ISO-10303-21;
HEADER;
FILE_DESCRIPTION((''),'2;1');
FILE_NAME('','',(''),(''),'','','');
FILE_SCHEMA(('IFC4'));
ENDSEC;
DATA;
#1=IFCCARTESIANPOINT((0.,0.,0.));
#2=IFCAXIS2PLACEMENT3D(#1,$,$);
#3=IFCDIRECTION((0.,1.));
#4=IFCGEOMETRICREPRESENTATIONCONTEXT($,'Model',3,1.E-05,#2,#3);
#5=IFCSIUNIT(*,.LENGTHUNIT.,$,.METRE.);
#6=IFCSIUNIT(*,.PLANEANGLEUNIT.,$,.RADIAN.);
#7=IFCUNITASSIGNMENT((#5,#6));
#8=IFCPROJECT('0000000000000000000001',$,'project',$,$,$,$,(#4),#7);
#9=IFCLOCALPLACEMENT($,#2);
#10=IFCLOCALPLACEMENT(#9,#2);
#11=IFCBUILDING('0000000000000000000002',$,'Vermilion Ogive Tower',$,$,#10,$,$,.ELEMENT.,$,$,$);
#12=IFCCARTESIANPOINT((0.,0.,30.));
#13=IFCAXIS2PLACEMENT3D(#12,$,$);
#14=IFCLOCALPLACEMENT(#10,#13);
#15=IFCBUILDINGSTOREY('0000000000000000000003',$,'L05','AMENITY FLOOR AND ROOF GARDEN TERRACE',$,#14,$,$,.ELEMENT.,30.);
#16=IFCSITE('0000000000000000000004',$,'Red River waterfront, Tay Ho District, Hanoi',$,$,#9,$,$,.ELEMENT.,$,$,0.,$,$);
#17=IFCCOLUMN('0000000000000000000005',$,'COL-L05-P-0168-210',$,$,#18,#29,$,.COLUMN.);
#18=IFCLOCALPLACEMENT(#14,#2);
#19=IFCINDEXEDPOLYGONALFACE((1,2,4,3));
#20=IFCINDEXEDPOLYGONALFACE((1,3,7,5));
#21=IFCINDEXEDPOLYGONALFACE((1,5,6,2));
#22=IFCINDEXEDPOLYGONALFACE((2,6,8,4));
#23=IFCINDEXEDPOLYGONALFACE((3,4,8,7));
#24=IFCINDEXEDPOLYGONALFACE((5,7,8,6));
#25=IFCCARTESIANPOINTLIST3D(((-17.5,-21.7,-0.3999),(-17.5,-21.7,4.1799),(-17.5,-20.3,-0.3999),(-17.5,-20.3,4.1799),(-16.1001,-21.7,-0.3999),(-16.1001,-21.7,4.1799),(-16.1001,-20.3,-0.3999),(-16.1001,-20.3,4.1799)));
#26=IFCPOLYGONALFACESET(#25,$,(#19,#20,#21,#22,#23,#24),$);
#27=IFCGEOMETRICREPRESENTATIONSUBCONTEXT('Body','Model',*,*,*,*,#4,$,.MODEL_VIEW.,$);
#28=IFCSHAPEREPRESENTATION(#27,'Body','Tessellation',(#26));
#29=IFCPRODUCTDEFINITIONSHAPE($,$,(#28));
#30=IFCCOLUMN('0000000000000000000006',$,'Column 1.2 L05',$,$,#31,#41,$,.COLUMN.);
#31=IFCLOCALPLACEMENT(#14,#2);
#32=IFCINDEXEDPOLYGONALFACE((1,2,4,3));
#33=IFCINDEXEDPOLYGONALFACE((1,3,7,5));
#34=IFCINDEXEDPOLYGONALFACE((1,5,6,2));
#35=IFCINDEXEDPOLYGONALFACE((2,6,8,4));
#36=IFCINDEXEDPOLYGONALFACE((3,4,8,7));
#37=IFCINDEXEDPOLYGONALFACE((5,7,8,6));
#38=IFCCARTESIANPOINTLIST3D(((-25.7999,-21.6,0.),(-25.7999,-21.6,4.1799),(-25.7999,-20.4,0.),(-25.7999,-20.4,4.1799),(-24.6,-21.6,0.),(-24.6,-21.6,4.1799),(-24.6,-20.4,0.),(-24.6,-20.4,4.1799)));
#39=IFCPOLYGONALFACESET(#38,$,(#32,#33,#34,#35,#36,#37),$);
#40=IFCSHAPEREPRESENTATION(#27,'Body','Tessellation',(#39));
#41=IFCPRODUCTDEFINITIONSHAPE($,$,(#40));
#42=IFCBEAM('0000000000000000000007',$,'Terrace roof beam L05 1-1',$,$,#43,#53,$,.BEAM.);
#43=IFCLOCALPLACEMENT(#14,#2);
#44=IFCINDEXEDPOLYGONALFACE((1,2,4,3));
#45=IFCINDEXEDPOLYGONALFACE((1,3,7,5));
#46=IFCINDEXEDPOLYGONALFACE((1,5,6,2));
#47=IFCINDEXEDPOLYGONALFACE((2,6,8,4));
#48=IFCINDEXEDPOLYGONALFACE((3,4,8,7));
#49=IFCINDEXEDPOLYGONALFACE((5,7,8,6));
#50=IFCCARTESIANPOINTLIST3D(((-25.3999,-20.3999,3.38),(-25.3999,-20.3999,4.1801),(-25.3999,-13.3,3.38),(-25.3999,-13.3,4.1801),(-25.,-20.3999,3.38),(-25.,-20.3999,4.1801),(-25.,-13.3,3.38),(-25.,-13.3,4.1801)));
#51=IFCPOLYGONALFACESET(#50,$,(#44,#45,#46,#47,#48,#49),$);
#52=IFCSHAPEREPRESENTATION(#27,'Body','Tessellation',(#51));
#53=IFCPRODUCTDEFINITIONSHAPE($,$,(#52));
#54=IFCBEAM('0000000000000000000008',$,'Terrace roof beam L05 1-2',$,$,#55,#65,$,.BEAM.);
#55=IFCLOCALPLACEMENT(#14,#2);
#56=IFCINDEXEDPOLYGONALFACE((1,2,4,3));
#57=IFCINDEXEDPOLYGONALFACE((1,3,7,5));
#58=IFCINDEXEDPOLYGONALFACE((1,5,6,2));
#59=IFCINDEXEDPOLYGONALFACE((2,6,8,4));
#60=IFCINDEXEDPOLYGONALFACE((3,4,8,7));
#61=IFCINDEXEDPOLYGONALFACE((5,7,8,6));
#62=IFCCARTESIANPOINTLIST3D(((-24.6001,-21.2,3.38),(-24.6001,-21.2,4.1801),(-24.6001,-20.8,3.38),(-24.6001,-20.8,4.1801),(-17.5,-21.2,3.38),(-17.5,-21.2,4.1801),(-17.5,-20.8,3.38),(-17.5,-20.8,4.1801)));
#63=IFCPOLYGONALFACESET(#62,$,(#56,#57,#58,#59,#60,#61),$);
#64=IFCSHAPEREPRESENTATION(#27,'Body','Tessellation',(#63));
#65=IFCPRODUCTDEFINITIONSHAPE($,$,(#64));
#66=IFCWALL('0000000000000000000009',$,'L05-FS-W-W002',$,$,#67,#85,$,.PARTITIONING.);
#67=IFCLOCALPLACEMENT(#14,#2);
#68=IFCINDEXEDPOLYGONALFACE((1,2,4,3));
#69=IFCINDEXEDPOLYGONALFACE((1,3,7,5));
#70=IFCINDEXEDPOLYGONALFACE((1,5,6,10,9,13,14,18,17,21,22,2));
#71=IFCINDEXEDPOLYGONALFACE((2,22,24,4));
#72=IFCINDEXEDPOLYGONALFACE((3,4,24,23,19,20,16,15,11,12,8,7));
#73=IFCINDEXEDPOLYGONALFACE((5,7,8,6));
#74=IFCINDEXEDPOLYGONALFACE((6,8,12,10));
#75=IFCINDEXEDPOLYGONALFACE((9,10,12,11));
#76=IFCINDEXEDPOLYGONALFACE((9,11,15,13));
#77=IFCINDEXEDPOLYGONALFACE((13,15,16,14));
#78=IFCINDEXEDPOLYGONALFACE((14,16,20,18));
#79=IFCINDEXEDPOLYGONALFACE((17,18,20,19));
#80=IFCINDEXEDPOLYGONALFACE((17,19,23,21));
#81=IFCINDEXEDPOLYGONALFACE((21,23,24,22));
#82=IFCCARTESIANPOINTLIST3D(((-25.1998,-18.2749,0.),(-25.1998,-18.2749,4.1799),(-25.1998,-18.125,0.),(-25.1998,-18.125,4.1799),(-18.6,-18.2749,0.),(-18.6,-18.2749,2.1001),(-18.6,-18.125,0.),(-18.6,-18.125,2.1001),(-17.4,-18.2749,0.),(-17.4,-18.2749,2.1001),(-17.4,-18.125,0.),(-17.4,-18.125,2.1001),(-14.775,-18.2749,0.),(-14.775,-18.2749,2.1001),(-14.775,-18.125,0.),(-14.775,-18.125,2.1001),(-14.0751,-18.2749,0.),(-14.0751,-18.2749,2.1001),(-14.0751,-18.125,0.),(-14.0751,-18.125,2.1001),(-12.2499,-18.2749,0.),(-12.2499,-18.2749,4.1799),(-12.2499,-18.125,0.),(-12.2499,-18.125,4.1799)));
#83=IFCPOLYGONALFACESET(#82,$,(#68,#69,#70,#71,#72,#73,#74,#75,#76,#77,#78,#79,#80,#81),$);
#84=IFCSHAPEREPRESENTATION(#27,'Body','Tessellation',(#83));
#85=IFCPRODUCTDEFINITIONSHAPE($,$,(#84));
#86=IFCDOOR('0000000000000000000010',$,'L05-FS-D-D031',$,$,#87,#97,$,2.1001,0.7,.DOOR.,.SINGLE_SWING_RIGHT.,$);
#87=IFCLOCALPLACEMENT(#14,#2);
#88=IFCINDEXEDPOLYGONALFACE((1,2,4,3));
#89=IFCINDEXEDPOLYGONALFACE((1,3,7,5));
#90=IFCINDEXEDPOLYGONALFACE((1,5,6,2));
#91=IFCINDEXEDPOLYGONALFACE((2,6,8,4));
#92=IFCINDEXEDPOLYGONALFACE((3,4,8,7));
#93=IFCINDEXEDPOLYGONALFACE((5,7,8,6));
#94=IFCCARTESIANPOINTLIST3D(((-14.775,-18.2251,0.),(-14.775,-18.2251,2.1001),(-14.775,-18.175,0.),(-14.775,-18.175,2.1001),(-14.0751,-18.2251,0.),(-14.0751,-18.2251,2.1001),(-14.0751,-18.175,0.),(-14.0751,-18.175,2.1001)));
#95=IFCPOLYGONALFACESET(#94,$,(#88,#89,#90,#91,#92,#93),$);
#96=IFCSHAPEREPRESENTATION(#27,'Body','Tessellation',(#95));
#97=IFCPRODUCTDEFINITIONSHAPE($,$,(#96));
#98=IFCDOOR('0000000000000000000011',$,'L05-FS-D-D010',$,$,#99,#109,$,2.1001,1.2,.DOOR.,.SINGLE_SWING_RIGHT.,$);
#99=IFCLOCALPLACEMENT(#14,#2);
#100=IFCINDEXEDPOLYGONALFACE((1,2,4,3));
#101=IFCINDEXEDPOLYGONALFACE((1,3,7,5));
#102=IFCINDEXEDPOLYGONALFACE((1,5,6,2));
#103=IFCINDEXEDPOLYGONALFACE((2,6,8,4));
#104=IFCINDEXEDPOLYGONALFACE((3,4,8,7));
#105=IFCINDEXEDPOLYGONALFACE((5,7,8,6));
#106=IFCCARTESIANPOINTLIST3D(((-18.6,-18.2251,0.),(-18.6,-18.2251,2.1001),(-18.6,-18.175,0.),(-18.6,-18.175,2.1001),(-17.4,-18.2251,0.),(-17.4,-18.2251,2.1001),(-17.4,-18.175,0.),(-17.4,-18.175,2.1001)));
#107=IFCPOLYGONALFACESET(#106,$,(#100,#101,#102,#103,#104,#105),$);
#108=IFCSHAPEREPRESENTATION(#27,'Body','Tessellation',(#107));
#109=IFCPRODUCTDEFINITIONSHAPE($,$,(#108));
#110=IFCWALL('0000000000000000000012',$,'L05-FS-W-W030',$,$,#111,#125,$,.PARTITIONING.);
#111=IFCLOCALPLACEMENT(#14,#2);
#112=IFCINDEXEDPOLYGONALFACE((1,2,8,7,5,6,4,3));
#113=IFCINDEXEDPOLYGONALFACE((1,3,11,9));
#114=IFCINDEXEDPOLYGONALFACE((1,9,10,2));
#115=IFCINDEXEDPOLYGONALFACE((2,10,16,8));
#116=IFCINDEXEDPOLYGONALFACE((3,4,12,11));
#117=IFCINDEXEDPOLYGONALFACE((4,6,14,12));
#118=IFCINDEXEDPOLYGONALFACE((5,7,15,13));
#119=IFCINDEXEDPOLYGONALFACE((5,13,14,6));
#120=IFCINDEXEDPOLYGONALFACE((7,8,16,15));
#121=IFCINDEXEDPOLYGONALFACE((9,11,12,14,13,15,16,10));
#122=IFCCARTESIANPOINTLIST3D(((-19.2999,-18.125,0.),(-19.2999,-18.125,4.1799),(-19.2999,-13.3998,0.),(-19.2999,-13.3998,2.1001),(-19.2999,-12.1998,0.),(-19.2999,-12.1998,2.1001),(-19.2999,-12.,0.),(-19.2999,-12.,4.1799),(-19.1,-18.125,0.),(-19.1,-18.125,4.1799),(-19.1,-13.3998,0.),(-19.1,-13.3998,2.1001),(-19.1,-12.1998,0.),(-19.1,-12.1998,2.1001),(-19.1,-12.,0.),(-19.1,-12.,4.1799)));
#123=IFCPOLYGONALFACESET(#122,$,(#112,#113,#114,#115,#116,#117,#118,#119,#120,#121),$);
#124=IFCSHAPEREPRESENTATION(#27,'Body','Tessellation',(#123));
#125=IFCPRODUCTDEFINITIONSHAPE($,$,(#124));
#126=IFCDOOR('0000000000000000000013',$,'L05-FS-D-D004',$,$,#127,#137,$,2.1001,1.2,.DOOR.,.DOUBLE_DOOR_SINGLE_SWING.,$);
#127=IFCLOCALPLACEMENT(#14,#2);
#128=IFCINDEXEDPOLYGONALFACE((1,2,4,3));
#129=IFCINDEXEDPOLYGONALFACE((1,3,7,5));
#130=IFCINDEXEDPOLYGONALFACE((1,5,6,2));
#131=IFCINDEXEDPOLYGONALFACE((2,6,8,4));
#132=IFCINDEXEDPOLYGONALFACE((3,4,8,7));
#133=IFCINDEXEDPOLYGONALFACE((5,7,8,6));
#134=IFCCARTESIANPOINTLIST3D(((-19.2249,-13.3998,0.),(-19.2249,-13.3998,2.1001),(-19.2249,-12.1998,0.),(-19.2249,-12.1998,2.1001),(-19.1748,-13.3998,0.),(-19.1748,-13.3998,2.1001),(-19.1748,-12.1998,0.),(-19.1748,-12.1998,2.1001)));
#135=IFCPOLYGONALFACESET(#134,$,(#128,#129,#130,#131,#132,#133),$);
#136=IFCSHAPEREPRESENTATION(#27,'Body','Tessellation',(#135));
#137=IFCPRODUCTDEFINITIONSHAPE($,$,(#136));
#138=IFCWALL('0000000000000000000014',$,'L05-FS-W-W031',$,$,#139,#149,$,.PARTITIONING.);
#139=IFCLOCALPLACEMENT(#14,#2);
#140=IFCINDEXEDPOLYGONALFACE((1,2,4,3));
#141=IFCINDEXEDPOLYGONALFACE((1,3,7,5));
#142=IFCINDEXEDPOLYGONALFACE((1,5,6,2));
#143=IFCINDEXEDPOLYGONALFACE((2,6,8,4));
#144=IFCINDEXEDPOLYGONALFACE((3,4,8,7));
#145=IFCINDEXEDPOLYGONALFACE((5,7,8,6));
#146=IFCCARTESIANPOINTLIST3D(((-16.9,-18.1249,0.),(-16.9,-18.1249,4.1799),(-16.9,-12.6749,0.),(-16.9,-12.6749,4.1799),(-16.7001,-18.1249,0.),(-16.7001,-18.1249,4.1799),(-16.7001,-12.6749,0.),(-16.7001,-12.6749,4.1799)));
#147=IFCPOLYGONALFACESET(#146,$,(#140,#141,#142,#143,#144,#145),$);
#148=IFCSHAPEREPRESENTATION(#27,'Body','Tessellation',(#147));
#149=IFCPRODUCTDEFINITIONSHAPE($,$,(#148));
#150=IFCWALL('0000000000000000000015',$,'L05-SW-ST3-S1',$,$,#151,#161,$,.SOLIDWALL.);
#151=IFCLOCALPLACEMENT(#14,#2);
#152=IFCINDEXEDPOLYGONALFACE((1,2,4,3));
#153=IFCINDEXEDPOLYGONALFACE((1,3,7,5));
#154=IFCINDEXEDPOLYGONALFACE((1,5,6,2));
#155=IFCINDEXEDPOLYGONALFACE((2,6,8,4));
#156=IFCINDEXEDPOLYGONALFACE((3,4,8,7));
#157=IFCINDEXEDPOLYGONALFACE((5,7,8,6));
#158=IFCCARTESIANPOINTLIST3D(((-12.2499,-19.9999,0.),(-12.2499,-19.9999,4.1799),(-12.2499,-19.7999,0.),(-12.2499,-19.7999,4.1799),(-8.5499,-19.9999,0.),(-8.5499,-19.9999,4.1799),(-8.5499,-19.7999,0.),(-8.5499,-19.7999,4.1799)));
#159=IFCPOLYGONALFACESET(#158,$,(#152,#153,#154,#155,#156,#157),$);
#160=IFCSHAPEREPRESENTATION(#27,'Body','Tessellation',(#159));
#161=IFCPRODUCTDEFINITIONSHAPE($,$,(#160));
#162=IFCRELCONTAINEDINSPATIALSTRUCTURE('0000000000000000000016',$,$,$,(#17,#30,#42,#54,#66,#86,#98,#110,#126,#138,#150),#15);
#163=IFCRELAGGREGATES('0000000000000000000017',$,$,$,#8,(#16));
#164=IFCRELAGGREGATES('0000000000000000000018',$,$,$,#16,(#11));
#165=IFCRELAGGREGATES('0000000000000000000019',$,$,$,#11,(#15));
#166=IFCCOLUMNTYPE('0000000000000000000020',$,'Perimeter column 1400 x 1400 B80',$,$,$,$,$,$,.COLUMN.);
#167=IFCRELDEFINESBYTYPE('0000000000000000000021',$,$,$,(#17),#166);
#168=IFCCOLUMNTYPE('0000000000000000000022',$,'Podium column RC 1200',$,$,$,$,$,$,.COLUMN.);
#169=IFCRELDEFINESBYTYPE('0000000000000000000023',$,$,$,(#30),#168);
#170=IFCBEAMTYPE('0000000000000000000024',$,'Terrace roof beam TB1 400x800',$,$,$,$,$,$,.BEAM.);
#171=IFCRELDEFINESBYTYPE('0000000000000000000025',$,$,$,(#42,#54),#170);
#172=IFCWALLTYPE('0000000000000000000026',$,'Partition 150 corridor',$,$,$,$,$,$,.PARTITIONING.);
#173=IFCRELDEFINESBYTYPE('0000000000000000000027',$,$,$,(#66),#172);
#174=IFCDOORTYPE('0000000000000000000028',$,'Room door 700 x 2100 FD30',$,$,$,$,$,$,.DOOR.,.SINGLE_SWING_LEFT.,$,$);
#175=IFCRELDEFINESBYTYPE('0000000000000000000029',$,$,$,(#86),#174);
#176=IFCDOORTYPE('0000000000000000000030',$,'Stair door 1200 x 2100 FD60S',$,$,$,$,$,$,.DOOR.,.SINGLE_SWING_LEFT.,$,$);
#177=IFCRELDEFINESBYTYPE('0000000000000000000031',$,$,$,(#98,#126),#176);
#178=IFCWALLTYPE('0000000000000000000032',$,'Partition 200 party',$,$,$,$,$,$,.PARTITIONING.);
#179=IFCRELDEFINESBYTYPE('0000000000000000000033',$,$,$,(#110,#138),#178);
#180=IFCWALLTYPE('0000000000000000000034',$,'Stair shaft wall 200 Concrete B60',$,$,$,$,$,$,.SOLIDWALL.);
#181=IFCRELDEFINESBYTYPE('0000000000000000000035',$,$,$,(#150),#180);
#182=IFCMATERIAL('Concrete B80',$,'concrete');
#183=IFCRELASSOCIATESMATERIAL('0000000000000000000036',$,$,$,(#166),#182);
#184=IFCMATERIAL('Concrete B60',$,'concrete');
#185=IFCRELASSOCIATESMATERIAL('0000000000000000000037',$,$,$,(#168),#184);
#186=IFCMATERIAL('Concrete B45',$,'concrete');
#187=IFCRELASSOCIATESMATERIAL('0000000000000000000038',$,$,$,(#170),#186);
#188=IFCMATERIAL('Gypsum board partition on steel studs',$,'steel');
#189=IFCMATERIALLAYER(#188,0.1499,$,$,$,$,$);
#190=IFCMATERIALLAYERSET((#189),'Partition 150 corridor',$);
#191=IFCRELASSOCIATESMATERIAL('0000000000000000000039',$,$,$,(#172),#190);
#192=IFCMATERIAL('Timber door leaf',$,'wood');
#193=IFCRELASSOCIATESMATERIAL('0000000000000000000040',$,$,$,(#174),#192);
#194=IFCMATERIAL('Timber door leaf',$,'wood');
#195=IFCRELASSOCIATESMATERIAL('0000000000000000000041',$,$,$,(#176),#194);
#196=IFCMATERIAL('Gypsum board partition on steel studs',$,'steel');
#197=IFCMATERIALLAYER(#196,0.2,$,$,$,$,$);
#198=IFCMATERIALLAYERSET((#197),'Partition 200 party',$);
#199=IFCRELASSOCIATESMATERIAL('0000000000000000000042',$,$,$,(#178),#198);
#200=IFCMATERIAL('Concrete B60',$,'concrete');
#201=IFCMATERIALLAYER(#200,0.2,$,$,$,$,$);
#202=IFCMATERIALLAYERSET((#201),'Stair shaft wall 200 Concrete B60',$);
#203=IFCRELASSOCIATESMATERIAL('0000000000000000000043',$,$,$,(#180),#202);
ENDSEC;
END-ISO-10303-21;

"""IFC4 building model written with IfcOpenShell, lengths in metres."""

from ifc_helpers import new_model, si_unit, direction, frame, frame_2d, origin, origin_2d, place, context, subcontext, project, spatial, rectangle, extrude, material, layer, layer_set, material_profile, profile_set, type_object, element, fill, save


model = new_model("IFC4")

# Units and contexts
model_context = context("Model", 3, precision=1e-05, world=origin(), true_north=direction((0.0, 1.0)))
body_context = subcontext(model_context, "Body", "Model", "MODEL_VIEW")
ifc_project = project(units=[si_unit("LENGTHUNIT", "METRE"), si_unit("PLANEANGLEUNIT", "RADIAN")], contexts=[model_context])

# Site, building, storey
site_placement = place(None, origin())
site = spatial("IfcSite", under=ifc_project, at=site_placement, Name="Red River waterfront, Tay Ho District, Hanoi", CompositionType="ELEMENT", RefElevation=0.0)
building_placement = place(site_placement, origin())
building = spatial("IfcBuilding", under=site, at=building_placement, Name="Vermilion Ogive Tower", CompositionType="ELEMENT")
storey_placement = place(building_placement, frame((0.0, 0.0, 30.0)))
storey = spatial("IfcBuildingStorey", under=building, at=storey_placement, Name="L05", Description="AMENITY FLOOR AND ROOF GARDEN TERRACE", CompositionType="ELEMENT", Elevation=30.0)

# Columns
ifc_material_1 = material(Name="Concrete B80", Category="concrete")
ifc_material_profile_1 = material_profile(ifc_material_1, rectangle(XDim=1.3999, YDim=1.3999, at=origin_2d()), Name="1400 x 1400")
ifc_profile_set_1 = profile_set([ifc_material_profile_1], Name="Concrete B80")
column_type_1 = type_object("IfcColumnType", Name="Perimeter column 1400 x 1400 B80", PredefinedType="COLUMN", material=ifc_profile_set_1)
column_1_placement = place(storey_placement, frame((-16.8, -21.0, -0.3999), z_axis=(0.0, 0.0, 1.0), x_axis=(1.0, 0.0, 0.0)))
element("IfcColumn", 1, at=column_1_placement, inside=storey, type_object=column_type_1, Name="COL-L05-P-0168-210", PredefinedType="COLUMN", context=body_context, shape_type="SweptSolid", body=[
    extrude(rectangle(XDim=1.3999, YDim=1.3999, at=origin_2d()), origin(), (0.0, 0.0, 1.0), 4.5798),
])
ifc_material_2 = material(Name="Concrete B60", Category="concrete")
ifc_material_profile_2 = material_profile(ifc_material_2, rectangle(XDim=1.2, YDim=1.2, at=origin_2d()), Name="RC 1200x1200")
ifc_profile_set_2 = profile_set([ifc_material_profile_2], Name="Concrete B60")
column_type_2 = type_object("IfcColumnType", Name="Podium column RC 1200", PredefinedType="COLUMN", material=ifc_profile_set_2)
column_2_placement = place(storey_placement, frame((-25.2, -21.0, 0.0), z_axis=(0.0, 0.0, 1.0), x_axis=(1.0, 0.0, 0.0)))
element("IfcColumn", 2, at=column_2_placement, inside=storey, type_object=column_type_2, Name="Column 1.2 L05", PredefinedType="COLUMN", context=body_context, shape_type="SweptSolid", body=[
    extrude(rectangle(XDim=1.2, YDim=1.2, at=origin_2d()), origin(), (0.0, 0.0, 1.0), 4.1799),
])

# Beams
ifc_material_3 = material(Name="Concrete B45", Category="concrete")
ifc_material_profile_3 = material_profile(ifc_material_3, rectangle(XDim=0.3999, YDim=0.8, at=origin_2d()), Name="RC 400x800")
ifc_profile_set_3 = profile_set([ifc_material_profile_3], Name="Concrete B45")
beam_type = type_object("IfcBeamType", Name="Terrace roof beam TB1 400x800", PredefinedType="BEAM", material=ifc_profile_set_3)
beam_1_placement = place(storey_placement, frame((-25.2, -20.3999, 3.78), z_axis=(0.0, 1.0, 0.0), x_axis=(-1.0, 0.0, 0.0)))
element("IfcBeam", 3, at=beam_1_placement, inside=storey, type_object=beam_type, Name="Terrace roof beam L05 1-1", PredefinedType="BEAM", context=body_context, shape_type="SweptSolid", body=[
    extrude(rectangle(XDim=0.3999, YDim=0.8, at=origin_2d()), origin(), (0.0, 0.0, 1.0), 7.0999),
])
beam_2_placement = place(storey_placement, frame((-24.6001, -21.0, 3.78), z_axis=(1.0, 0.0, 0.0), x_axis=(0.0, 1.0, 0.0)))
element("IfcBeam", 4, at=beam_2_placement, inside=storey, type_object=beam_type, Name="Terrace roof beam L05 1-2", PredefinedType="BEAM", context=body_context, shape_type="SweptSolid", body=[
    extrude(rectangle(XDim=0.3999, YDim=0.8, at=origin_2d()), origin(), (0.0, 0.0, 1.0), 7.1001),
])

# Wall, openings, doors
ifc_material_4 = material(Name="Gypsum board partition on steel studs", Category="steel")
ifc_layer_1 = layer(ifc_material_4, 0.1499)
ifc_layer_set_1 = layer_set([ifc_layer_1], Name="Partition 150 corridor")
wall_type_1 = type_object("IfcWallType", Name="Partition 150 corridor", PredefinedType="PARTITIONING", material=ifc_layer_set_1)
wall_1_placement = place(storey_placement, frame((-25.2, -18.2, 0.0), z_axis=(0.0, 0.0, 1.0), x_axis=(1.0, 0.0, 0.0)))
wall_1 = element("IfcWall", 5, at=wall_1_placement, inside=storey, type_object=wall_type_1, Name="L05-FS-W-W002", PredefinedType="PARTITIONING", context=body_context, shape_type="SweptSolid", body=[
    extrude(rectangle(XDim=12.95, YDim=0.1499, at=frame_2d((6.4751, 0.0))), origin(), (0.0, 0.0, 1.0), 4.1799),
])
opening_1_placement = place(wall_1_placement, frame((6.5999, 0.0, 0.0)))
opening_1 = element("IfcOpeningElement", 6, at=opening_1_placement, cuts=wall_1, PredefinedType="OPENING", context=body_context, shape_type="SweptSolid", body=[
    extrude(rectangle(XDim=1.2, YDim=2.1001, at=frame_2d((0.6001, 1.05))), frame((0.0, 0.085, 0.0), z_axis=(0.0, -1.0, 0.0), x_axis=(1.0, 0.0, 0.0)), (0.0, 0.0, 1.0), 0.1699),
])
opening_2_placement = place(wall_1_placement, frame((10.4248, 0.0, 0.0)))
opening_2 = element("IfcOpeningElement", 7, at=opening_2_placement, cuts=wall_1, PredefinedType="OPENING", context=body_context, shape_type="SweptSolid", body=[
    extrude(rectangle(XDim=0.7, YDim=2.1001, at=frame_2d((0.3501, 1.05))), frame((0.0, 0.085, 0.0), z_axis=(0.0, -1.0, 0.0), x_axis=(1.0, 0.0, 0.0)), (0.0, 0.0, 1.0), 0.1699),
])
ifc_material_5 = material(Name="Timber door leaf", Category="wood")
door_type_1 = type_object("IfcDoorType", Name="Room door 700 x 2100 FD30", OperationType="SINGLE_SWING_LEFT", PredefinedType="DOOR", material=ifc_material_5)
door_1_placement = place(opening_2_placement, origin())
door_1 = element("IfcDoor", 8, at=door_1_placement, inside=storey, type_object=door_type_1, Name="L05-FS-D-D031", OperationType="SINGLE_SWING_RIGHT", OverallHeight=2.1001, OverallWidth=0.7, PredefinedType="DOOR", context=body_context, shape_type="SweptSolid", body=[
    extrude(rectangle(XDim=0.7, YDim=2.1001, at=frame_2d((0.3501, 1.05))), frame((0.0, 0.0249, 0.0), z_axis=(0.0, -1.0, 0.0), x_axis=(1.0, 0.0, 0.0)), (0.0, 0.0, 1.0), 0.05),
])
fill(opening_2, door_1)
ifc_material_6 = material(Name="Timber door leaf", Category="wood")
door_type_2 = type_object("IfcDoorType", Name="Stair door 1200 x 2100 FD60S", OperationType="SINGLE_SWING_LEFT", PredefinedType="DOOR", material=ifc_material_6)
door_2_placement = place(opening_1_placement, origin())
door_2 = element("IfcDoor", 9, at=door_2_placement, inside=storey, type_object=door_type_2, Name="L05-FS-D-D010", OperationType="SINGLE_SWING_RIGHT", OverallHeight=2.1001, OverallWidth=1.2, PredefinedType="DOOR", context=body_context, shape_type="SweptSolid", body=[
    extrude(rectangle(XDim=1.2, YDim=2.1001, at=frame_2d((0.6001, 1.05))), frame((0.0, 0.0249, 0.0), z_axis=(0.0, -1.0, 0.0), x_axis=(1.0, 0.0, 0.0)), (0.0, 0.0, 1.0), 0.05),
])
fill(opening_1, door_2)

# Wall, opening, door
ifc_material_7 = material(Name="Gypsum board partition on steel studs", Category="steel")
ifc_layer_2 = layer(ifc_material_7, 0.2)
ifc_layer_set_2 = layer_set([ifc_layer_2], Name="Partition 200 party")
wall_type_2 = type_object("IfcWallType", Name="Partition 200 party", PredefinedType="PARTITIONING", material=ifc_layer_set_2)
wall_2_placement = place(storey_placement, frame((-19.2, -18.125, 0.0), z_axis=(0.0, 0.0, 1.0), x_axis=(0.0, 1.0, 0.0)))
wall_2 = element("IfcWall", 10, at=wall_2_placement, inside=storey, type_object=wall_type_2, Name="L05-FS-W-W030", PredefinedType="PARTITIONING", context=body_context, shape_type="SweptSolid", body=[
    extrude(rectangle(XDim=6.125, YDim=0.2, at=frame_2d((3.0625, 0.0))), origin(), (0.0, 0.0, 1.0), 4.1799),
])
opening_3_placement = place(wall_2_placement, frame((4.7251, 0.0, 0.0)))
opening_3 = element("IfcOpeningElement", 11, at=opening_3_placement, cuts=wall_2, PredefinedType="OPENING", context=body_context, shape_type="SweptSolid", body=[
    extrude(rectangle(XDim=1.2, YDim=2.1001, at=frame_2d((0.6001, 1.05))), frame((0.0, 0.1099, 0.0), z_axis=(0.0, -1.0, 0.0), x_axis=(1.0, 0.0, 0.0)), (0.0, 0.0, 1.0), 0.22),
])
door_3_placement = place(opening_3_placement, origin())
door_3 = element("IfcDoor", 12, at=door_3_placement, inside=storey, type_object=door_type_2, Name="L05-FS-D-D004", OperationType="DOUBLE_DOOR_SINGLE_SWING", OverallHeight=2.1001, OverallWidth=1.2, PredefinedType="DOOR", context=body_context, shape_type="SweptSolid", body=[
    extrude(rectangle(XDim=1.2, YDim=2.1001, at=frame_2d((0.6001, 1.05))), frame((0.0, 0.0249, 0.0), z_axis=(0.0, -1.0, 0.0), x_axis=(1.0, 0.0, 0.0)), (0.0, 0.0, 1.0), 0.05),
])
fill(opening_3, door_3)

# Walls
wall_3_placement = place(storey_placement, frame((-16.8, -18.125, 0.0), z_axis=(0.0, 0.0, 1.0), x_axis=(0.0, 1.0, 0.0)))
element("IfcWall", 13, at=wall_3_placement, inside=storey, type_object=wall_type_2, Name="L05-FS-W-W031", PredefinedType="PARTITIONING", context=body_context, shape_type="SweptSolid", body=[
    extrude(rectangle(XDim=5.45, YDim=0.2, at=frame_2d((2.7251, 0.0))), origin(), (0.0, 0.0, 1.0), 4.1799),
])
ifc_material_8 = material(Name="Concrete B60", Category="concrete")
ifc_layer_3 = layer(ifc_material_8, 0.2)
ifc_layer_set_3 = layer_set([ifc_layer_3], Name="Stair shaft wall 200 Concrete B60")
wall_type_3 = type_object("IfcWallType", Name="Stair shaft wall 200 Concrete B60", PredefinedType="SOLIDWALL", material=ifc_layer_set_3)
wall_4_placement = place(storey_placement, frame((-12.25, -19.8999, 0.0), z_axis=(0.0, 0.0, 1.0), x_axis=(1.0, 0.0, 0.0)))
element("IfcWall", 14, at=wall_4_placement, inside=storey, type_object=wall_type_3, Name="L05-SW-ST3-S1", PredefinedType="SOLIDWALL", context=body_context, shape_type="SweptSolid", body=[
    extrude(rectangle(XDim=3.7, YDim=0.2, at=frame_2d((1.8501, 0.0))), origin(), (0.0, 0.0, 1.0), 4.1799),
])

save(model, "model.ifc")
